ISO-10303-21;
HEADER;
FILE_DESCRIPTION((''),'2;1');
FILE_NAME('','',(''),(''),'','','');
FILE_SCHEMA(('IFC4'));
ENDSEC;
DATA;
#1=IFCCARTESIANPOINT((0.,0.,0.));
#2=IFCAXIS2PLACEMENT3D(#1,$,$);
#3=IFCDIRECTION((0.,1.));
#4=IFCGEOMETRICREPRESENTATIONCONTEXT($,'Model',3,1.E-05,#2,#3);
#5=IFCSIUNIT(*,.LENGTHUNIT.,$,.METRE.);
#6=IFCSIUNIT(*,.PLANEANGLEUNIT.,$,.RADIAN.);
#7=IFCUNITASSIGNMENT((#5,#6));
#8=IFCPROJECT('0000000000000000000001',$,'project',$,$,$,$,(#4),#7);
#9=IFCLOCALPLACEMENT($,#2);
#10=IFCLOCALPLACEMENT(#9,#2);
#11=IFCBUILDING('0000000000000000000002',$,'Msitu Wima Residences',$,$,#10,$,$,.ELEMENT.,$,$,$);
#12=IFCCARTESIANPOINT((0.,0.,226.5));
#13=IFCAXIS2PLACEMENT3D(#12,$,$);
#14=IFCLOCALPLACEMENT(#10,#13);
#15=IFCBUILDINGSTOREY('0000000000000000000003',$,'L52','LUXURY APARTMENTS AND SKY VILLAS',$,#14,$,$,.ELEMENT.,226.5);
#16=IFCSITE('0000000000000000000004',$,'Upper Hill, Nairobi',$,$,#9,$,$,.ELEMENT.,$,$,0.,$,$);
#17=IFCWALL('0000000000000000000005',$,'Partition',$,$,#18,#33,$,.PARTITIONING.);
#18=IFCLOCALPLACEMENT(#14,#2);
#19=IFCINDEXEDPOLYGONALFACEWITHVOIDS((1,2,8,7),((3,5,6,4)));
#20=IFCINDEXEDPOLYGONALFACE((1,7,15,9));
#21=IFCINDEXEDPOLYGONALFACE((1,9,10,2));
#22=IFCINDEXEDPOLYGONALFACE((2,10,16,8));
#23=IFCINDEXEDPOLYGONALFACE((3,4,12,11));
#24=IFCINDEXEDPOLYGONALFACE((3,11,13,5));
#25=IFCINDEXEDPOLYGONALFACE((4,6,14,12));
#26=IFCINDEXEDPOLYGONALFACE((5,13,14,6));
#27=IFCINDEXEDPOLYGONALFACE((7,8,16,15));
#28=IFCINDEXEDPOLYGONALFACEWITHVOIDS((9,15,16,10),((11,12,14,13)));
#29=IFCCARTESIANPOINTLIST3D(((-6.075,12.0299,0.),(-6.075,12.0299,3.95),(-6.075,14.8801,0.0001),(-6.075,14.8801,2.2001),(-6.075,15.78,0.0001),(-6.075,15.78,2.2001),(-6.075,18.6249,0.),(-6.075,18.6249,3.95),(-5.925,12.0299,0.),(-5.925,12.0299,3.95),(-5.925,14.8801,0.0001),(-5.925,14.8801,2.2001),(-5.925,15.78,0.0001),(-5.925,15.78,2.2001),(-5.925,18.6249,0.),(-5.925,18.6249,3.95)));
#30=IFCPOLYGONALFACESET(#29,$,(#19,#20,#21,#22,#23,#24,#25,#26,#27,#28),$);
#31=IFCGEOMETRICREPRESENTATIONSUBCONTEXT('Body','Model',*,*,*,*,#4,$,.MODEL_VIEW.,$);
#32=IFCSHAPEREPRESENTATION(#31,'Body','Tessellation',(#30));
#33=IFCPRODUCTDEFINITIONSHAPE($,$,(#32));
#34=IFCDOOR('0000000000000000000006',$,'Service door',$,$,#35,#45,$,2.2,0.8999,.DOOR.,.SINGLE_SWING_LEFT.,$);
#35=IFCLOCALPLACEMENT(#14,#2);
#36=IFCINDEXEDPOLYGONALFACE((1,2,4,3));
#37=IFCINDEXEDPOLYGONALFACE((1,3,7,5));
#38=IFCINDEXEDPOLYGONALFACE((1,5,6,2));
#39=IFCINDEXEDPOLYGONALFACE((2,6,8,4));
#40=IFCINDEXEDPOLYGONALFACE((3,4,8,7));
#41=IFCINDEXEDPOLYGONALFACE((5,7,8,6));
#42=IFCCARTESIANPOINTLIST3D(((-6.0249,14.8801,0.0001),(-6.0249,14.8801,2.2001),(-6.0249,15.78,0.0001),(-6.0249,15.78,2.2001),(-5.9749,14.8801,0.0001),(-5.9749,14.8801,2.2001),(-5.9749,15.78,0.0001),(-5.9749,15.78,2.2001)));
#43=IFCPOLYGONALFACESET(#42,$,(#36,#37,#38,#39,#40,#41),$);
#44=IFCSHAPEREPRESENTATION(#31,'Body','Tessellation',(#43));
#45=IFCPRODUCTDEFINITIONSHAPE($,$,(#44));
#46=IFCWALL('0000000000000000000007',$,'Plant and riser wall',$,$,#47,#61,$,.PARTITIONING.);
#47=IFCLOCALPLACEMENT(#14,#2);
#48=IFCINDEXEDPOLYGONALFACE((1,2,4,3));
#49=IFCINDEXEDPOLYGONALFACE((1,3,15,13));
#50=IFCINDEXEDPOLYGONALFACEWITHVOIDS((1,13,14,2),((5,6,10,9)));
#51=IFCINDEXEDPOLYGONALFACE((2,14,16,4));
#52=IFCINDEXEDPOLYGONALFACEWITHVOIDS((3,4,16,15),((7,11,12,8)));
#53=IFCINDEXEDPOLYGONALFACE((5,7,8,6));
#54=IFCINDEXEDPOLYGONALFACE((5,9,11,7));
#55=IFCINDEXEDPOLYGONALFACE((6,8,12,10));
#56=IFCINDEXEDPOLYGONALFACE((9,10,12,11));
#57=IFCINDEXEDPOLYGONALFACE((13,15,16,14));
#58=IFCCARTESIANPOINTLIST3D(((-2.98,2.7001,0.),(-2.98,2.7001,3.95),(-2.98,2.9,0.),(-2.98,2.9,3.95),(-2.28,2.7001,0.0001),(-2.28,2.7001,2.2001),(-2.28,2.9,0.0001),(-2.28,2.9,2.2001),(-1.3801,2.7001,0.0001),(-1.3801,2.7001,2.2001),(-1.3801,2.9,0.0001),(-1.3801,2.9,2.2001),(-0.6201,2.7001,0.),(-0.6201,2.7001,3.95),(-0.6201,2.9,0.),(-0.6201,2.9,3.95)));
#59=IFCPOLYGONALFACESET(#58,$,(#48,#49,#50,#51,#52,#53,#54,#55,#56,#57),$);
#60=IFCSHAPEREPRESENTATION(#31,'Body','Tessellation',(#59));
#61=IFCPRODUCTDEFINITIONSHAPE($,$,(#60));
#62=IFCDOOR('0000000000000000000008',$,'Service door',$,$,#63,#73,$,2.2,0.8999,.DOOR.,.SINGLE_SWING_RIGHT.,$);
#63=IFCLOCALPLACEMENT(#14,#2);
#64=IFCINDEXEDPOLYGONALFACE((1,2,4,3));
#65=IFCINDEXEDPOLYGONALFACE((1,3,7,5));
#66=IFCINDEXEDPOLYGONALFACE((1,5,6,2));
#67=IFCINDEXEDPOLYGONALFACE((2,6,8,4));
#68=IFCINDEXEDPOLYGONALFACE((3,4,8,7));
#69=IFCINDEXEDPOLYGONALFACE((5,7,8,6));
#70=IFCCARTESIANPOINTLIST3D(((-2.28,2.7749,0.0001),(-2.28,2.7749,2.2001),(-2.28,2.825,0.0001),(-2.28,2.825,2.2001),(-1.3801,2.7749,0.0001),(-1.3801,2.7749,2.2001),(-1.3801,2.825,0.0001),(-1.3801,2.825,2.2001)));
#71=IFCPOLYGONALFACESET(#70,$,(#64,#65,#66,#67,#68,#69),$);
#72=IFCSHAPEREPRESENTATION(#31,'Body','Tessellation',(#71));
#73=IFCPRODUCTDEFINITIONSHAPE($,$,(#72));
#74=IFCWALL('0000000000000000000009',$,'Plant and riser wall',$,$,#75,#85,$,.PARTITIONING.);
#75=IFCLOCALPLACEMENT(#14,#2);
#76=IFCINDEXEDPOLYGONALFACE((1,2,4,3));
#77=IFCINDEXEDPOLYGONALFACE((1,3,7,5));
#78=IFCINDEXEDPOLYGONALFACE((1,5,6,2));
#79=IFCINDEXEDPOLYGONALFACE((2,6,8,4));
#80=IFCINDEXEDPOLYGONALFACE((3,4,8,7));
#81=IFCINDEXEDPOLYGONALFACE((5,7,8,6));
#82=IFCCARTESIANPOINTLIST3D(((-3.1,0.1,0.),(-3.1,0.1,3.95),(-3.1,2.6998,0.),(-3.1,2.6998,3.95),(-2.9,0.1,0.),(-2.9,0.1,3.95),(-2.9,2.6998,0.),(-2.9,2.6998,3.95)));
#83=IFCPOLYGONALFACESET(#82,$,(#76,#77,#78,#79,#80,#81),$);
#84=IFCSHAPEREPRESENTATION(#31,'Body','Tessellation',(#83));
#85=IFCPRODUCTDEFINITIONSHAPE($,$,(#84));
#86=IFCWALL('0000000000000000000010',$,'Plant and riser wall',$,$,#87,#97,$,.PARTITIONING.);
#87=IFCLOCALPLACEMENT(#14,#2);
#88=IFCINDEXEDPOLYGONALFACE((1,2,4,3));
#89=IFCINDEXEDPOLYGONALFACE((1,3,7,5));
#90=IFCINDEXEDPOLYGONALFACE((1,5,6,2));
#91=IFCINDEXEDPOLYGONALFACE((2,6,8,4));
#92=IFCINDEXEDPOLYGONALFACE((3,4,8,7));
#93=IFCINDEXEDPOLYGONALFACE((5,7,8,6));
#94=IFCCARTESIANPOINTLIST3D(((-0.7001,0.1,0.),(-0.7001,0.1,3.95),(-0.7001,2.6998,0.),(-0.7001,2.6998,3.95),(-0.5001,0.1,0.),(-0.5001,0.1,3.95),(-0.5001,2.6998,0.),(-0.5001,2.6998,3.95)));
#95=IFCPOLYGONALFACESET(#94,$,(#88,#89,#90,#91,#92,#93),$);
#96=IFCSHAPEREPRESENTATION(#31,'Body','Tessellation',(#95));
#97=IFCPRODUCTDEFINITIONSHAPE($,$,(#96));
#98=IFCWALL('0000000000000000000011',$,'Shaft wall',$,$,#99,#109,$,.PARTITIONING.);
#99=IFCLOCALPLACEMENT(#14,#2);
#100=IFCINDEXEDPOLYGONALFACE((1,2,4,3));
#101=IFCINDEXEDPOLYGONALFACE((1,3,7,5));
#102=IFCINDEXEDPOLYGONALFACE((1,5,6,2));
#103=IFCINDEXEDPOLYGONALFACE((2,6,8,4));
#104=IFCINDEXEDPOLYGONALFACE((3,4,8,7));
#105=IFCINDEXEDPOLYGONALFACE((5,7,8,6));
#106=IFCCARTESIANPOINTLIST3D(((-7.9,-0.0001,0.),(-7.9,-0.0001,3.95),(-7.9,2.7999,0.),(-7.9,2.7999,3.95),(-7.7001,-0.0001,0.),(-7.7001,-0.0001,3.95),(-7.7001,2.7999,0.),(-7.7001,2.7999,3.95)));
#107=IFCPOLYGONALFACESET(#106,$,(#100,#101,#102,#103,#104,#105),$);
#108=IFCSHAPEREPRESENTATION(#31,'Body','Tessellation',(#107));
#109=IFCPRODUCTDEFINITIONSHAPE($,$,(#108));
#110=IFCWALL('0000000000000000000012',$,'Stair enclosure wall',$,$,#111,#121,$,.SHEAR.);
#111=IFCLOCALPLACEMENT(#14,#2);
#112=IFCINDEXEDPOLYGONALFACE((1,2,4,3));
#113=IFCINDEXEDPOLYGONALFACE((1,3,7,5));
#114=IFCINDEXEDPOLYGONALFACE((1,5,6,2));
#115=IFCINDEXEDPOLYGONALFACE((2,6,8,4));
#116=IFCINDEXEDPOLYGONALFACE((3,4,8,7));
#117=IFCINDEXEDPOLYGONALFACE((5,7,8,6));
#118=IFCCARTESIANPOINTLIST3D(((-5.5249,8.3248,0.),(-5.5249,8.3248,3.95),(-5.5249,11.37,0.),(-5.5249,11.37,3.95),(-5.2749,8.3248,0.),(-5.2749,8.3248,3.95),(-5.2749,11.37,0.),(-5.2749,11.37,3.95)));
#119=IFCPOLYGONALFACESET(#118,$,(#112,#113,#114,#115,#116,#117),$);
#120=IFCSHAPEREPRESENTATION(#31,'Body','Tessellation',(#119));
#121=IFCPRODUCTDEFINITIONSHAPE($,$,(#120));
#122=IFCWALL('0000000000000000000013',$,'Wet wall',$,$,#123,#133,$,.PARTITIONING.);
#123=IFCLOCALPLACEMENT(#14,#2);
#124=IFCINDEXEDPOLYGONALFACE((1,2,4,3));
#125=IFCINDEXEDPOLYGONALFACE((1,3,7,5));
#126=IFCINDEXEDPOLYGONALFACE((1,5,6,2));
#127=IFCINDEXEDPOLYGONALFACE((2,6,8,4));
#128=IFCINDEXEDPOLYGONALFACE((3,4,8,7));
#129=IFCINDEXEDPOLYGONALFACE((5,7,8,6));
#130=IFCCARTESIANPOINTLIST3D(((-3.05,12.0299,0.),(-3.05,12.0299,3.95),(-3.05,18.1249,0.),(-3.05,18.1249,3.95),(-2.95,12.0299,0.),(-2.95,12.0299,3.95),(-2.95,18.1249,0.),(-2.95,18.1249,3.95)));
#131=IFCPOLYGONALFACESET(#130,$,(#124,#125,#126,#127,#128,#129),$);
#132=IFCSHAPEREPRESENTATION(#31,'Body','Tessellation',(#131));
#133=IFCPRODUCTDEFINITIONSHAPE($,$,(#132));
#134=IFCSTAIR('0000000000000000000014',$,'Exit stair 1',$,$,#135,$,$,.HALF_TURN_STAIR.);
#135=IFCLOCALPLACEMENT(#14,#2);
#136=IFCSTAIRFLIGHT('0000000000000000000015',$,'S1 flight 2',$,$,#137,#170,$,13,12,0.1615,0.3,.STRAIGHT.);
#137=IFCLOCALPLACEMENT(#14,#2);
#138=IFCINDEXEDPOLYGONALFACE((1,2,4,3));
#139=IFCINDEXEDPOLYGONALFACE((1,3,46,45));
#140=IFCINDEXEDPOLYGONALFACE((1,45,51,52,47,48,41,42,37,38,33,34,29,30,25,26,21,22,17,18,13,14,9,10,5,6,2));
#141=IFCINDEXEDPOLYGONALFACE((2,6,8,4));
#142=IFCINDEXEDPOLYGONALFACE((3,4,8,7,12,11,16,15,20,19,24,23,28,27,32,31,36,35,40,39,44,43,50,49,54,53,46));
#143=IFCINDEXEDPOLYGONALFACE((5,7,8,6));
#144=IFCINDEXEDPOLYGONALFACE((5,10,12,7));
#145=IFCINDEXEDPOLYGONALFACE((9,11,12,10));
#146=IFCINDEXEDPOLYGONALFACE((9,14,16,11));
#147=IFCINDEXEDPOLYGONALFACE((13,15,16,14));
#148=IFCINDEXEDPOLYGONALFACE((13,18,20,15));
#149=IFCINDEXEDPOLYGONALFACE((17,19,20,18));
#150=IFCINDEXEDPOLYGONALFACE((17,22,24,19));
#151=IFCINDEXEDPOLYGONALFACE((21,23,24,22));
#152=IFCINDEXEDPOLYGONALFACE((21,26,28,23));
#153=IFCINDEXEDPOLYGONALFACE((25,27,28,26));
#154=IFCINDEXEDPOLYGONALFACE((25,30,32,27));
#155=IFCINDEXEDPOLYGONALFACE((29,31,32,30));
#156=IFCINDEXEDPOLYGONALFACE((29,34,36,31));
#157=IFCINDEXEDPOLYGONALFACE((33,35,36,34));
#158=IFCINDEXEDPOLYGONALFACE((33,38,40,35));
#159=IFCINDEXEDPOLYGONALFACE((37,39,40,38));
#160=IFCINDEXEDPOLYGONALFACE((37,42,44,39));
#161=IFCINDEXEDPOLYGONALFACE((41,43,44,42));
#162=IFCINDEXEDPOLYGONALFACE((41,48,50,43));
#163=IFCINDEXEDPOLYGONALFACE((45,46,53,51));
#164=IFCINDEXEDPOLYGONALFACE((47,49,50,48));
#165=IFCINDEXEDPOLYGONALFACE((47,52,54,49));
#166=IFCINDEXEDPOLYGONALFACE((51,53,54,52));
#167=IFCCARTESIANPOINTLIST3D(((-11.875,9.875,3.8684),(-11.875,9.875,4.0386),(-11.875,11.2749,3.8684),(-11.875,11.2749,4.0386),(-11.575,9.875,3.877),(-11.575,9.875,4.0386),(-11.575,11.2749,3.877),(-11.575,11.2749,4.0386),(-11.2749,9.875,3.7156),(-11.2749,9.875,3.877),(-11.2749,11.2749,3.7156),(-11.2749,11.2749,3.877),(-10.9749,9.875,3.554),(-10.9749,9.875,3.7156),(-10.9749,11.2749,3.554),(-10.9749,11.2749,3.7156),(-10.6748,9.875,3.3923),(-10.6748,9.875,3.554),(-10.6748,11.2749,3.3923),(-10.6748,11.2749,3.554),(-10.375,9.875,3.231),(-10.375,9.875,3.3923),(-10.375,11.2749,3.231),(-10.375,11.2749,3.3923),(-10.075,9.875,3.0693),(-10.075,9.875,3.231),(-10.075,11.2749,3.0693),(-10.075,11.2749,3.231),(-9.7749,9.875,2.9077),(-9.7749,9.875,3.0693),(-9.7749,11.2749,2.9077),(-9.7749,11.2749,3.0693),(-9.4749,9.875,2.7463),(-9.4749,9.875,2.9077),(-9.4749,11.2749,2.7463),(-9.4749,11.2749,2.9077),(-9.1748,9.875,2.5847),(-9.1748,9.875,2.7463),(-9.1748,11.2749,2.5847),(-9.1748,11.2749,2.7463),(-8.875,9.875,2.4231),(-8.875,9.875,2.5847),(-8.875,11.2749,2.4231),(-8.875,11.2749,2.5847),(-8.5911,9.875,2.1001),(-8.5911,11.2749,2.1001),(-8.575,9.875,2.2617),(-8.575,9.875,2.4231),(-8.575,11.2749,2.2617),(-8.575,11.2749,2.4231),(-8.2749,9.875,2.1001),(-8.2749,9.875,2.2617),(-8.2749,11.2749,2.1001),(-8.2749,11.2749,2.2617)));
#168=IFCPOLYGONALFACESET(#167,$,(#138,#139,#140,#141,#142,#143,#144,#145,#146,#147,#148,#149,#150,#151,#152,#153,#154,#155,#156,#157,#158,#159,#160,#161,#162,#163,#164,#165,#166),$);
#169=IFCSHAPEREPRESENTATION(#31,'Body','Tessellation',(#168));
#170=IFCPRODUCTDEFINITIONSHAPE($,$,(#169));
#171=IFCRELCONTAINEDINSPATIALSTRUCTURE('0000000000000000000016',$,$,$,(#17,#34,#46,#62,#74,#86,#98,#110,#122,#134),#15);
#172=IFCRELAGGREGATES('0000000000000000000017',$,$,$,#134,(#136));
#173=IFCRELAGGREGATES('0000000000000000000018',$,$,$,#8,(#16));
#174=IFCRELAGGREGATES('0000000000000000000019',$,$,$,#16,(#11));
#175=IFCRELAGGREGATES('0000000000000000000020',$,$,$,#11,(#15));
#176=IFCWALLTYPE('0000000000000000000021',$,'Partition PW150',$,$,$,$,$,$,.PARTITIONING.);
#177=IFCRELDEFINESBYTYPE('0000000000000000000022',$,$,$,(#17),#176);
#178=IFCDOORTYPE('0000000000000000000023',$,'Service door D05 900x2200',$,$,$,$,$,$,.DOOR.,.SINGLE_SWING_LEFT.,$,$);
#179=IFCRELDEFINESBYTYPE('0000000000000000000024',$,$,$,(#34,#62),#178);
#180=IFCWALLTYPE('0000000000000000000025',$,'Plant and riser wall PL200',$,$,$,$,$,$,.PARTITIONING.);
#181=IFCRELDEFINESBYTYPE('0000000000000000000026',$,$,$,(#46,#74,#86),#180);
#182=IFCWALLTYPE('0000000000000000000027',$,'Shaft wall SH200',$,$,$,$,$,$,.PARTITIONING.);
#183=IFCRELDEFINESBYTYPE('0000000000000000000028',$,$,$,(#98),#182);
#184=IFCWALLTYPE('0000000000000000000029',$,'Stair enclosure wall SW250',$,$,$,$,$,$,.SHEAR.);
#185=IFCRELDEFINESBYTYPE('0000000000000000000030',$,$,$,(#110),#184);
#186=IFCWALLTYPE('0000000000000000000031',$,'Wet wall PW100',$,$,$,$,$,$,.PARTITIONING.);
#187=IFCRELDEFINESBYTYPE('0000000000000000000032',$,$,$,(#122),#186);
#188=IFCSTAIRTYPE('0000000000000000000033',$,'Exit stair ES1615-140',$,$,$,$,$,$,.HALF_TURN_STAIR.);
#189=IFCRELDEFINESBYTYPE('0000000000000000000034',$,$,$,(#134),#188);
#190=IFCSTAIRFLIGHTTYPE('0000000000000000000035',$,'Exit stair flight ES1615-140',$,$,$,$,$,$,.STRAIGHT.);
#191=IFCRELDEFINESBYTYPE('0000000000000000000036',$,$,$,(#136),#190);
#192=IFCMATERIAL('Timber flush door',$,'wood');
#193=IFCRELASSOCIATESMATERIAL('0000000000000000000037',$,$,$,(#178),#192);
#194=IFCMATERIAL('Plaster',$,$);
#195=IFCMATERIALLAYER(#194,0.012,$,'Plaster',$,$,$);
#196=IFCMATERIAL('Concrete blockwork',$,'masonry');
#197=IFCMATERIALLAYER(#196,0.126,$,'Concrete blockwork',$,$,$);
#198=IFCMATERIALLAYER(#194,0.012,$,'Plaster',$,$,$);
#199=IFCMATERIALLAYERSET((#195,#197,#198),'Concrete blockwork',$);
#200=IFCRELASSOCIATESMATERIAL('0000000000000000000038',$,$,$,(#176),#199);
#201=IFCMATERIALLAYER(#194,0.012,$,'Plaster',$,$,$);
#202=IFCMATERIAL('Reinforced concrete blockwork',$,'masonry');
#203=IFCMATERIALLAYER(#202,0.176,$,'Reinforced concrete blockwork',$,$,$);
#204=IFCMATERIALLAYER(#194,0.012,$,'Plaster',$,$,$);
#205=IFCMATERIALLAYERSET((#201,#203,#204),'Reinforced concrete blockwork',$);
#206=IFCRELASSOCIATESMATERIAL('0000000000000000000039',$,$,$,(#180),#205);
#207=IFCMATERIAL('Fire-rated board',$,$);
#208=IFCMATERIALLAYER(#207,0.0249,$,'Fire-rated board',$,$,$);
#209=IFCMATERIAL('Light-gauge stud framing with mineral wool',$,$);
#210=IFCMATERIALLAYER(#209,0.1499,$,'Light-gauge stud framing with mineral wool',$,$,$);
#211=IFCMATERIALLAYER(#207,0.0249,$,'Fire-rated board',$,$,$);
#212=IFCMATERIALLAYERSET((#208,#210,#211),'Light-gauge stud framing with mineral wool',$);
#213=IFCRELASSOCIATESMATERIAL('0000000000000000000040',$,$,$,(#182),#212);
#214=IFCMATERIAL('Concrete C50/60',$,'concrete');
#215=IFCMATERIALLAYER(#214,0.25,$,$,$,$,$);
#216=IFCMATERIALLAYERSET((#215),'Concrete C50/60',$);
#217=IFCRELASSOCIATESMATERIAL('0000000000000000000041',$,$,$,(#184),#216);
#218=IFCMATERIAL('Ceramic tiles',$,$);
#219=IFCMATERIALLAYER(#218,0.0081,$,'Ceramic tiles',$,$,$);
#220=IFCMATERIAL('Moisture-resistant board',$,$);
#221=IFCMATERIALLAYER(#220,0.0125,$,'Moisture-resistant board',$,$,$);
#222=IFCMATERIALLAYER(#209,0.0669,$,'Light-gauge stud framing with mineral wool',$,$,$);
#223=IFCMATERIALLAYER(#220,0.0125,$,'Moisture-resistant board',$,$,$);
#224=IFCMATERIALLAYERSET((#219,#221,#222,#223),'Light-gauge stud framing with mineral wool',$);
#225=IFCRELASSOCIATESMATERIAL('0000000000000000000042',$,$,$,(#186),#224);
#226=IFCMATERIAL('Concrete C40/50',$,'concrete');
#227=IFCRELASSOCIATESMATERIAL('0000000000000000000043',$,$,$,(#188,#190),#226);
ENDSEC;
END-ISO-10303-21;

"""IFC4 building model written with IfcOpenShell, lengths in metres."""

from ifc_helpers import new_model, si_unit, direction, frame, frame_2d, origin, place, context, subcontext, project, spatial, polyline, rectangle, outline, extrude, material, layer, layer_set, type_object, element, fill, aggregate, save


model = new_model("IFC4")

# Units and contexts
model_context = context("Model", 3, precision=1e-05, world=origin(), true_north=direction((0.0, 1.0)))
body_context = subcontext(model_context, "Body", "Model", "MODEL_VIEW")
ifc_project = project(units=[si_unit("LENGTHUNIT", "METRE"), si_unit("PLANEANGLEUNIT", "RADIAN")], contexts=[model_context])

# Site, building, storey
site_placement = place(None, origin())
site = spatial("IfcSite", under=ifc_project, at=site_placement, Name="Upper Hill, Nairobi", CompositionType="ELEMENT", RefElevation=0.0)
building_placement = place(site_placement, origin())
building = spatial("IfcBuilding", under=site, at=building_placement, Name="Msitu Wima Residences", CompositionType="ELEMENT")
storey_placement = place(building_placement, frame((0.0, 0.0, 226.5)))
storey = spatial("IfcBuildingStorey", under=building, at=storey_placement, Name="L52", Description="LUXURY APARTMENTS AND SKY VILLAS", CompositionType="ELEMENT", Elevation=226.5)

# Shared definitions
ifc_material_1 = material(Name="Concrete C40/50", Category="concrete")

# Shared definitions
ifc_material_2 = material(Name="Plaster")
ifc_material_3 = material(Name="Concrete blockwork", Category="masonry")
ifc_material_4 = material(Name="Timber flush door", Category="wood")
door_type_1 = type_object("IfcDoorType", Name="Service door D05 900x2200", OperationType="SINGLE_SWING_LEFT", PredefinedType="DOOR", material=ifc_material_4)

# Walls, openings, doors
ifc_layer_1 = layer(ifc_material_2, 0.012, Name="Plaster")
ifc_layer_2 = layer(ifc_material_3, 0.126, Name="Concrete blockwork")
ifc_layer_3 = layer(ifc_material_2, 0.012, Name="Plaster")
ifc_layer_set_1 = layer_set([ifc_layer_1, ifc_layer_2, ifc_layer_3], Name="Concrete blockwork")
wall_type_1 = type_object("IfcWallType", Name="Partition PW150", PredefinedType="PARTITIONING", material=ifc_layer_set_1)
wall_1_placement = place(storey_placement, frame((-6.0, 12.03, 0.0), z_axis=(0.0, 0.0, 1.0), x_axis=(0.0, 1.0, 0.0)))
wall_1 = element("IfcWall", 1, at=wall_1_placement, inside=storey, type_object=wall_type_1, Name="Partition", PredefinedType="PARTITIONING", context=body_context, shape_type="SweptSolid", body=[
    extrude(rectangle(XDim=6.595, YDim=0.1499, at=frame_2d((3.2974, 0.0))), origin(), (0.0, 0.0, 1.0), 3.95),
])
opening_1_placement = place(wall_1_placement, frame((2.8501, 0.0, 0.0)))
opening_1 = element("IfcOpeningElement", 2, at=opening_1_placement, cuts=wall_1, PredefinedType="OPENING", context=body_context, shape_type="SweptSolid", body=[
    extrude(rectangle(XDim=0.8999, YDim=2.2, at=frame_2d((0.45, 1.1001))), frame((0.0, 0.085, 0.0), z_axis=(0.0, -1.0, 0.0), x_axis=(1.0, 0.0, 0.0)), (0.0, 0.0, 1.0), 0.1699),
])
door_1_placement = place(opening_1_placement, origin())
door_1 = element("IfcDoor", 3, at=door_1_placement, inside=storey, type_object=door_type_1, Name="Service door", OperationType="SINGLE_SWING_LEFT", OverallHeight=2.2, OverallWidth=0.8999, PredefinedType="DOOR", context=body_context, shape_type="SweptSolid", body=[
    extrude(rectangle(XDim=0.8999, YDim=2.2, at=frame_2d((0.45, 1.1001))), frame((0.0, 0.0249, 0.0), z_axis=(0.0, -1.0, 0.0), x_axis=(1.0, 0.0, 0.0)), (0.0, 0.0, 1.0), 0.05),
])
fill(opening_1, door_1)
ifc_layer_4 = layer(ifc_material_2, 0.012, Name="Plaster")
ifc_material_5 = material(Name="Reinforced concrete blockwork", Category="masonry")
ifc_layer_5 = layer(ifc_material_5, 0.176, Name="Reinforced concrete blockwork")
ifc_layer_6 = layer(ifc_material_2, 0.012, Name="Plaster")
ifc_layer_set_2 = layer_set([ifc_layer_4, ifc_layer_5, ifc_layer_6], Name="Reinforced concrete blockwork")
wall_type_2 = type_object("IfcWallType", Name="Plant and riser wall PL200", PredefinedType="PARTITIONING", material=ifc_layer_set_2)
wall_2_placement = place(storey_placement, frame((-2.98, 2.8, 0.0), z_axis=(0.0, 0.0, 1.0), x_axis=(1.0, 0.0, 0.0)))
wall_2 = element("IfcWall", 4, at=wall_2_placement, inside=storey, type_object=wall_type_2, Name="Plant and riser wall", PredefinedType="PARTITIONING", context=body_context, shape_type="SweptSolid", body=[
    extrude(rectangle(XDim=2.3599, YDim=0.2, at=frame_2d((1.1799, 0.0))), origin(), (0.0, 0.0, 1.0), 3.95),
])
opening_2_placement = place(wall_2_placement, frame((0.7, 0.0, 0.0)))
opening_2 = element("IfcOpeningElement", 5, at=opening_2_placement, cuts=wall_2, PredefinedType="OPENING", context=body_context, shape_type="SweptSolid", body=[
    extrude(rectangle(XDim=0.8999, YDim=2.2, at=frame_2d((0.45, 1.1001))), frame((0.0, 0.1099, 0.0), z_axis=(0.0, -1.0, 0.0), x_axis=(1.0, 0.0, 0.0)), (0.0, 0.0, 1.0), 0.22),
])
door_2_placement = place(opening_2_placement, origin())
door_2 = element("IfcDoor", 6, at=door_2_placement, inside=storey, type_object=door_type_1, Name="Service door", OperationType="SINGLE_SWING_RIGHT", OverallHeight=2.2, OverallWidth=0.8999, PredefinedType="DOOR", context=body_context, shape_type="SweptSolid", body=[
    extrude(rectangle(XDim=0.8999, YDim=2.2, at=frame_2d((0.45, 1.1001))), frame((0.0, 0.0249, 0.0), z_axis=(0.0, -1.0, 0.0), x_axis=(1.0, 0.0, 0.0)), (0.0, 0.0, 1.0), 0.05),
])
fill(opening_2, door_2)

# Walls
for number, where, z_axis, x_axis, name in (
    (7, (-3.0, 0.1001, 0.0), (0.0, 0.0, 1.0), (0.0, 1.0, 0.0), "Plant and riser wall"),
    (8, (-0.6001, 0.1001, 0.0), (0.0, 0.0, 1.0), (0.0, 1.0, 0.0), "Plant and riser wall"),
):
    element("IfcWall", number, at=place(storey_placement, frame(where, z_axis=z_axis, x_axis=x_axis)), inside=storey, type_object=wall_type_2, Name=name, PredefinedType="PARTITIONING", context=body_context, shape_type="SweptSolid", body=[
        extrude(rectangle(XDim=2.5999, YDim=0.2, at=frame_2d((1.2998, 0.0))), origin(), (0.0, 0.0, 1.0), 3.95),
    ])
ifc_material_6 = material(Name="Fire-rated board")
ifc_layer_7 = layer(ifc_material_6, 0.0249, Name="Fire-rated board")
ifc_material_7 = material(Name="Light-gauge stud framing with mineral wool")
ifc_layer_8 = layer(ifc_material_7, 0.1499, Name="Light-gauge stud framing with mineral wool")
ifc_layer_9 = layer(ifc_material_6, 0.0249, Name="Fire-rated board")
ifc_layer_set_3 = layer_set([ifc_layer_7, ifc_layer_8, ifc_layer_9], Name="Light-gauge stud framing with mineral wool")
wall_type_3 = type_object("IfcWallType", Name="Shaft wall SH200", PredefinedType="PARTITIONING", material=ifc_layer_set_3)
wall_3_placement = place(storey_placement, frame((-7.8, 0.0, 0.0), z_axis=(0.0, 0.0, 1.0), x_axis=(0.0, 1.0, 0.0)))
element("IfcWall", 9, at=wall_3_placement, inside=storey, type_object=wall_type_3, Name="Shaft wall", PredefinedType="PARTITIONING", context=body_context, shape_type="SweptSolid", body=[
    extrude(rectangle(XDim=2.8, YDim=0.2, at=frame_2d((1.3999, 0.0))), origin(), (0.0, 0.0, 1.0), 3.95),
])
ifc_material_8 = material(Name="Concrete C50/60", Category="concrete")
ifc_layer_10 = layer(ifc_material_8, 0.25)
ifc_layer_set_4 = layer_set([ifc_layer_10], Name="Concrete C50/60")
wall_type_4 = type_object("IfcWallType", Name="Stair enclosure wall SW250", PredefinedType="SHEAR", material=ifc_layer_set_4)
wall_4_placement = place(storey_placement, frame((-5.3999, 8.325, 0.0), z_axis=(0.0, 0.0, 1.0), x_axis=(0.0, 1.0, 0.0)))
element("IfcWall", 10, at=wall_4_placement, inside=storey, type_object=wall_type_4, Name="Stair enclosure wall", PredefinedType="SHEAR", context=body_context, shape_type="SweptSolid", body=[
    extrude(rectangle(XDim=3.0452, YDim=0.25, at=frame_2d((1.5225, 0.0))), origin(), (0.0, 0.0, 1.0), 3.95),
])
ifc_material_9 = material(Name="Ceramic tiles")
ifc_layer_11 = layer(ifc_material_9, 0.0081, Name="Ceramic tiles")
ifc_material_10 = material(Name="Moisture-resistant board")
ifc_layer_12 = layer(ifc_material_10, 0.0125, Name="Moisture-resistant board")
ifc_layer_13 = layer(ifc_material_7, 0.0669, Name="Light-gauge stud framing with mineral wool")
ifc_layer_14 = layer(ifc_material_10, 0.0125, Name="Moisture-resistant board")
ifc_layer_set_5 = layer_set([ifc_layer_11, ifc_layer_12, ifc_layer_13, ifc_layer_14], Name="Light-gauge stud framing with mineral wool")
wall_type_5 = type_object("IfcWallType", Name="Wet wall PW100", PredefinedType="PARTITIONING", material=ifc_layer_set_5)
wall_5_placement = place(storey_placement, frame((-3.0, 12.03, 0.0), z_axis=(0.0, 0.0, 1.0), x_axis=(0.0, 1.0, 0.0)))
element("IfcWall", 11, at=wall_5_placement, inside=storey, type_object=wall_type_5, Name="Wet wall", PredefinedType="PARTITIONING", context=body_context, shape_type="SweptSolid", body=[
    extrude(rectangle(XDim=6.095, YDim=0.1001, at=frame_2d((3.0474, 0.0))), origin(), (0.0, 0.0, 1.0), 3.95),
])

# Stair, stair flight
stair_type = type_object("IfcStairType", Name="Exit stair ES1615-140", PredefinedType="HALF_TURN_STAIR", material=ifc_material_1)
stair_placement = place(storey_placement, origin())
stair = element("IfcStair", 12, at=stair_placement, inside=storey, type_object=stair_type, Name="Exit stair 1", PredefinedType="HALF_TURN_STAIR")
stair_flight_type = type_object("IfcStairFlightType", Name="Exit stair flight ES1615-140", PredefinedType="STRAIGHT", material=ifc_material_1)
stair_flight_placement = place(storey_placement, frame((-8.2749, 10.575, 2.1001), z_axis=(0.0, 0.0, 1.0), x_axis=(-1.0, 0.0, 0.0)))
stair_flight = element("IfcStairFlight", 13, at=stair_flight_placement, type_object=stair_flight_type, Name="S1 flight 2", NumberOfRisers=13, NumberOfTreads=12, PredefinedType="STRAIGHT", RiserHeight=0.1615, TreadLength=0.3, context=body_context, shape_type="SweptSolid", body=[
    extrude(outline(polyline([(0.0, 0.0), (0.0, 0.1616), (0.3, 0.1616), (0.3, 0.323), (0.6001, 0.323), (0.6001, 0.4846), (0.8999, 0.4846), (0.8999, 0.6462), (1.2, 0.6462), (1.2, 0.8076), (1.5, 0.8076), (1.5, 0.9692), (1.8, 0.9692), (1.8, 1.1309), (2.1001, 1.1309), (2.1001, 1.2922), (2.3999, 1.2922), (2.3999, 1.4539), (2.7, 1.4539), (2.7, 1.6155), (3.0, 1.6155), (3.0, 1.7769), (3.3, 1.7769), (3.3, 1.9385), (3.6001, 1.9385), (3.6001, 2.1001), (3.6001, 1.7683), (0.3162, 0.0), (0.0, 0.0)])), frame((0.0, 0.7, 0.0), z_axis=(0.0, -1.0, 0.0), x_axis=(1.0, 0.0, 0.0)), (0.0, 0.0, 1.0), 1.3999),
])
aggregate(stair, [stair_flight])

save(model, "model.ifc")
